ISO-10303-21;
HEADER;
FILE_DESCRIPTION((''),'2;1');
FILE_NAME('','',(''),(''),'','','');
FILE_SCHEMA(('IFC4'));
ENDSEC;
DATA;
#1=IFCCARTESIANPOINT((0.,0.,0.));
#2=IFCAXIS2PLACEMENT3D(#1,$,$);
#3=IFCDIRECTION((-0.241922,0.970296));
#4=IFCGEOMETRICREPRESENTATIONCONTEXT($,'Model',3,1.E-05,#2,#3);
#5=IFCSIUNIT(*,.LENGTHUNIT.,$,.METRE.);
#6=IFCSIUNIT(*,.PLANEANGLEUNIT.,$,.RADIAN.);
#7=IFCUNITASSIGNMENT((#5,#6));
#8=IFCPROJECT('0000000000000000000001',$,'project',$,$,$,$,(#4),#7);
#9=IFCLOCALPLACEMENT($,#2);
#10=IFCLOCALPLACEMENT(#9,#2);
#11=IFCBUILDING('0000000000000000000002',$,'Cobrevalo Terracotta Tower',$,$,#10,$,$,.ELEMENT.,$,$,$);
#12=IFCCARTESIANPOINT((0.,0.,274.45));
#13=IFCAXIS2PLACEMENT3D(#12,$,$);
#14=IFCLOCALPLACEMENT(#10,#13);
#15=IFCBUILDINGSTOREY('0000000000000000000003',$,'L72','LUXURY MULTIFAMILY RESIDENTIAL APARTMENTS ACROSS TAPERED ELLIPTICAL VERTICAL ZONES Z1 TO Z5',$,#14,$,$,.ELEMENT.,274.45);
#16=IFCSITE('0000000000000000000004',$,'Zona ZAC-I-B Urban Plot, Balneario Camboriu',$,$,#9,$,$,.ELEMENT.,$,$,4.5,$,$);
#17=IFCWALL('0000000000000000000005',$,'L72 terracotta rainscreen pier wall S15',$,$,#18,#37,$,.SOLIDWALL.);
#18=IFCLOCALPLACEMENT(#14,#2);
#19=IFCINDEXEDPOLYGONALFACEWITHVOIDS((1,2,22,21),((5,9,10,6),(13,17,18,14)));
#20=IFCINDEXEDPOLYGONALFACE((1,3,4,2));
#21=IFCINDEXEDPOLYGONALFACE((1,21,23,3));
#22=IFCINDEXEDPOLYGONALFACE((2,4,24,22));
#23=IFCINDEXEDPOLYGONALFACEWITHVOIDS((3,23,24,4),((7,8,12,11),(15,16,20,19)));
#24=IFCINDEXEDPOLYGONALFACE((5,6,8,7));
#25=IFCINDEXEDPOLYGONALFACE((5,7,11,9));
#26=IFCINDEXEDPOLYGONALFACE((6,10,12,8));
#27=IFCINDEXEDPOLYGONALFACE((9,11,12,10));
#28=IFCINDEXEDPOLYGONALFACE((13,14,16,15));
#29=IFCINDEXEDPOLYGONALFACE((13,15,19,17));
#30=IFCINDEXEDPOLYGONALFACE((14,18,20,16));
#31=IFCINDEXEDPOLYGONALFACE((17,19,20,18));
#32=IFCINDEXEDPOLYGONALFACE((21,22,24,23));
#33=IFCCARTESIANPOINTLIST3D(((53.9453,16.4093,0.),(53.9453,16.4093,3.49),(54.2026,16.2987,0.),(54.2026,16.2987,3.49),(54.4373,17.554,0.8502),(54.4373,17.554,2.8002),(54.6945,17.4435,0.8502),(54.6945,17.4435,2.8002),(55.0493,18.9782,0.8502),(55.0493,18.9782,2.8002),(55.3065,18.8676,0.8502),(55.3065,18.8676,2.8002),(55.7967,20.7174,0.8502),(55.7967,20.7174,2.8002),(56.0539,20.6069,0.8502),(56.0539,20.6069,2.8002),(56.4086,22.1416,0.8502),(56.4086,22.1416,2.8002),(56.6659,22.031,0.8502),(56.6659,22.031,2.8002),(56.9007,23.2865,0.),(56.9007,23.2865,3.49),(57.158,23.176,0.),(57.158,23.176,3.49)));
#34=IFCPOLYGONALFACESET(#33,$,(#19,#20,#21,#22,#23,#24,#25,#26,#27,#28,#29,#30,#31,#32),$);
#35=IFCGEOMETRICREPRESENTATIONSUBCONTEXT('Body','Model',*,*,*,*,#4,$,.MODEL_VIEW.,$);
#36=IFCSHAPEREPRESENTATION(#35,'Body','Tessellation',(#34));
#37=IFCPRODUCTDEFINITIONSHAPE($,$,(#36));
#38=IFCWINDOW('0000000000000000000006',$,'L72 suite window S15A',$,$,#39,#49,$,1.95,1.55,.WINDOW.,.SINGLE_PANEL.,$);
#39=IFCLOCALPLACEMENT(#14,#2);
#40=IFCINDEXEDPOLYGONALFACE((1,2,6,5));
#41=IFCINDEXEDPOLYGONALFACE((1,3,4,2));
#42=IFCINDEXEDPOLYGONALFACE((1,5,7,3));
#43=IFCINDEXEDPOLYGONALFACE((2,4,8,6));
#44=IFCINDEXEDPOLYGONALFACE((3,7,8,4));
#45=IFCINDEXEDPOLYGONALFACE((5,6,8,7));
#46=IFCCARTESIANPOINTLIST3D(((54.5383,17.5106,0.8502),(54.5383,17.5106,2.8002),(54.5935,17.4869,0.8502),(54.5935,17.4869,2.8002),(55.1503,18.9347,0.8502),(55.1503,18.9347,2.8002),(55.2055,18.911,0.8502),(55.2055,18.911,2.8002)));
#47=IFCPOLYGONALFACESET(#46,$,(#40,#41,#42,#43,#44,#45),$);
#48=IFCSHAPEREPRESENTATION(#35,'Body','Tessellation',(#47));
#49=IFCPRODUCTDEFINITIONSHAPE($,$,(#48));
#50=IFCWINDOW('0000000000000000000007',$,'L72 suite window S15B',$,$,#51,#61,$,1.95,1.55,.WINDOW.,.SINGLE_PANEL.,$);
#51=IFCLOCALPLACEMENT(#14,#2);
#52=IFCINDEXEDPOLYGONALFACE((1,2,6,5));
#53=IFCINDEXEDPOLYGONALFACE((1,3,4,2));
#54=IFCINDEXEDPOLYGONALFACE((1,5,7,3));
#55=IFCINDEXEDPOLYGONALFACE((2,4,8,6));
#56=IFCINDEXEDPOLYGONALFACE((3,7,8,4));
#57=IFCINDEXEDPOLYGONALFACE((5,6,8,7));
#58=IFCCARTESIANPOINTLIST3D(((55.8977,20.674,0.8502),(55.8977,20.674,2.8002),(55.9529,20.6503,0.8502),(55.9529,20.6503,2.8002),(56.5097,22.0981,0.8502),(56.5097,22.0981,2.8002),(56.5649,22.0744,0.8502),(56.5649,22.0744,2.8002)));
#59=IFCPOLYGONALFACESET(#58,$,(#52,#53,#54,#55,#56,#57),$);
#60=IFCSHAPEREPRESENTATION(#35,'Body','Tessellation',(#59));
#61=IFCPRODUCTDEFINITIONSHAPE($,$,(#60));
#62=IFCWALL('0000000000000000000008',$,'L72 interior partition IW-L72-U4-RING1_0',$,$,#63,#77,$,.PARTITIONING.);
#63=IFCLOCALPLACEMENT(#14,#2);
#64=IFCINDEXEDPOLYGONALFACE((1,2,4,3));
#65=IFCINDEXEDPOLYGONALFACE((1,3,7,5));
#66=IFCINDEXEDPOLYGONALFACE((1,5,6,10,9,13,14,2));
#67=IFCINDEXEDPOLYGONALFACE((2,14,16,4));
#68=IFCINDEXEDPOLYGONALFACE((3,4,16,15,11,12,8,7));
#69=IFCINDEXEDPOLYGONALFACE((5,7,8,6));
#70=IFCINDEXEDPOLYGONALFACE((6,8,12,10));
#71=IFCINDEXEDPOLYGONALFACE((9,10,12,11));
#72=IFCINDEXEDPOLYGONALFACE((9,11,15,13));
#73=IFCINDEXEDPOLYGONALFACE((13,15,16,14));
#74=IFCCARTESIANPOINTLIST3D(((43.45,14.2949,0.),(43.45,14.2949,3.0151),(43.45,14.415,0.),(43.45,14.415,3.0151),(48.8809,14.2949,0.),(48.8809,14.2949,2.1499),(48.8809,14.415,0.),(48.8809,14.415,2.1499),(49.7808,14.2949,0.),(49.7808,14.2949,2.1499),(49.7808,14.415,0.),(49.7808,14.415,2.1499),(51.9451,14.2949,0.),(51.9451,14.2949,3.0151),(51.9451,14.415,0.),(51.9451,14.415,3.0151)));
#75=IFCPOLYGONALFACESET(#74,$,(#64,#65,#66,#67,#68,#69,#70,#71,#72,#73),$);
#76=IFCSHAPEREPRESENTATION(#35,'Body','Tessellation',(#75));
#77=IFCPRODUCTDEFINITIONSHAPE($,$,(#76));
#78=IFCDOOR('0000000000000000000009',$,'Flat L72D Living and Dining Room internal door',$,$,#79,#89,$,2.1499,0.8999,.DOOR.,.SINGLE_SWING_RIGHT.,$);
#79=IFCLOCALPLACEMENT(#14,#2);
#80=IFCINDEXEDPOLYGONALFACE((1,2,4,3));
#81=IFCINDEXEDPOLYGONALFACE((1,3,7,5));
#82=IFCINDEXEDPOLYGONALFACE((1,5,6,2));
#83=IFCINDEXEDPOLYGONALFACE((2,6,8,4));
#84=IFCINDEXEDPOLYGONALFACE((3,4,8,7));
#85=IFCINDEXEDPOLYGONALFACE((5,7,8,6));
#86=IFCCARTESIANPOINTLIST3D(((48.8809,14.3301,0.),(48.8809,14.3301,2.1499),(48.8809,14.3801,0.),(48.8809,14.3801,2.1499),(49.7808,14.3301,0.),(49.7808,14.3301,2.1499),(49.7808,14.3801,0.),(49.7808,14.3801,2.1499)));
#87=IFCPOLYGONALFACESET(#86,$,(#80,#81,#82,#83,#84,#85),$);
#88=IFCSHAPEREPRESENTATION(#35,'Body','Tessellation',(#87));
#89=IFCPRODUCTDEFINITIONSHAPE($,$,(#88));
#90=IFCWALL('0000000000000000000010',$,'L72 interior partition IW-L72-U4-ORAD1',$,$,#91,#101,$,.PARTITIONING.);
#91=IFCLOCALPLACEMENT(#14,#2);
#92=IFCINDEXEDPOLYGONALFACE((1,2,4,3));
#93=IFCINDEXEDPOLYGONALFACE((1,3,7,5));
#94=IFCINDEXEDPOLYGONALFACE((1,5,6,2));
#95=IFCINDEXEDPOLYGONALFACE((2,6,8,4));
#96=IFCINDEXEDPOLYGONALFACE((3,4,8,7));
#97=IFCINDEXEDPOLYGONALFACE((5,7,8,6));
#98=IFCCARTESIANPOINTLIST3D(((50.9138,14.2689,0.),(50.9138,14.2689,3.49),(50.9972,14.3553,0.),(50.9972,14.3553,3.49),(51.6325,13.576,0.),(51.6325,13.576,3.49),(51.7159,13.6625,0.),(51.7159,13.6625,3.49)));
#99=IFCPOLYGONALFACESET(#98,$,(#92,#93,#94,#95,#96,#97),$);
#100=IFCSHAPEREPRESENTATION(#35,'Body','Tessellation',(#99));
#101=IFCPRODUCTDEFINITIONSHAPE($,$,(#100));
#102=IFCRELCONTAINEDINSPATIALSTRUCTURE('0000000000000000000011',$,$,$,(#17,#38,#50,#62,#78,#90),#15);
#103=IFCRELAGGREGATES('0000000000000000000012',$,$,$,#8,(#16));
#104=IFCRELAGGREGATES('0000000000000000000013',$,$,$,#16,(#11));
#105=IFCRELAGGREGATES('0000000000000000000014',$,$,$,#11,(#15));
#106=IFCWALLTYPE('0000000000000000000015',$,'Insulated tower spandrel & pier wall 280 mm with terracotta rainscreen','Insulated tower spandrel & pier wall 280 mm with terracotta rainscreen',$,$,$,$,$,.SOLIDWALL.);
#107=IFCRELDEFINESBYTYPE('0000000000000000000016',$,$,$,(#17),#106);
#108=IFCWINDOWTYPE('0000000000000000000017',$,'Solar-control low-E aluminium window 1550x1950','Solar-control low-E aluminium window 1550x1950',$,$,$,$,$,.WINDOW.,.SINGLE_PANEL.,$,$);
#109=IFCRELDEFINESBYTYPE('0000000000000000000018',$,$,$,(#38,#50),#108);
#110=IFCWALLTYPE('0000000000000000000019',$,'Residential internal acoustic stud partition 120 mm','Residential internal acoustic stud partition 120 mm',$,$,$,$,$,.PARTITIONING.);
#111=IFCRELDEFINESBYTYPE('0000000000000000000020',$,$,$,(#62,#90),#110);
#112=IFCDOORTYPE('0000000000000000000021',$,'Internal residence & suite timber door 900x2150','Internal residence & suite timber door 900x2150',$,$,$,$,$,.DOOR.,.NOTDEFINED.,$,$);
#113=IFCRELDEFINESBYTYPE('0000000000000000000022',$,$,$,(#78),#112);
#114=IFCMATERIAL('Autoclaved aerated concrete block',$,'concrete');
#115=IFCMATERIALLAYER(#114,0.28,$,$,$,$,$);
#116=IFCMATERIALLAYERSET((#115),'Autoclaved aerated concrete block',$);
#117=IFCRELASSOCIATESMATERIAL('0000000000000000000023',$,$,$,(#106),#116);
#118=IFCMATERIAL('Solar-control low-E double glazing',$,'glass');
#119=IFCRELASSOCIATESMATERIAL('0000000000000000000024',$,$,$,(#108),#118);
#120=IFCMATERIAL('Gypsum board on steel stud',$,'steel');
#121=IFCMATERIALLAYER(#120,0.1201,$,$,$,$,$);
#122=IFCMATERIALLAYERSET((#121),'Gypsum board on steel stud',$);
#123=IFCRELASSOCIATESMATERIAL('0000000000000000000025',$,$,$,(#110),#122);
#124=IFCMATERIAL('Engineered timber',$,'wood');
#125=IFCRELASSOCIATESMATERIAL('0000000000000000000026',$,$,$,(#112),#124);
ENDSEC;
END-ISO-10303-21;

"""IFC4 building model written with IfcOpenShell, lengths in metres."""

from ifc_helpers import new_model, si_unit, direction, frame, frame_2d, origin, place, context, subcontext, project, spatial, rectangle, extrude, source, transform, mapped, material, layer, layer_set, type_object, element, fill, save


model = new_model("IFC4")

# Units and contexts
model_context = context("Model", 3, precision=1e-05, world=origin(), true_north=direction((-0.241922, 0.970296)))
body_context = subcontext(model_context, "Body", "Model", "MODEL_VIEW")
ifc_project = project(units=[si_unit("LENGTHUNIT", "METRE"), si_unit("PLANEANGLEUNIT", "RADIAN")], contexts=[model_context])

# Site, building, storey
site_placement = place(None, origin())
site = spatial("IfcSite", under=ifc_project, at=site_placement, Name="Zona ZAC-I-B Urban Plot, Balneario Camboriu", CompositionType="ELEMENT", RefElevation=4.5)
building_placement = place(site_placement, origin())
building = spatial("IfcBuilding", under=site, at=building_placement, Name="Cobrevalo Terracotta Tower", CompositionType="ELEMENT")
storey_placement = place(building_placement, frame((0.0, 0.0, 274.45)))
storey = spatial("IfcBuildingStorey", under=building, at=storey_placement, Name="L72", Description="LUXURY MULTIFAMILY RESIDENTIAL APARTMENTS ACROSS TAPERED ELLIPTICAL VERTICAL ZONES Z1 TO Z5", CompositionType="ELEMENT", Elevation=274.45)

# Shared definitions
ifc_material_1 = material(Name="Solar-control low-E double glazing", Category="glass")

# Wall, openings, windows
ifc_material_2 = material(Name="Autoclaved aerated concrete block", Category="concrete")
ifc_layer_1 = layer(ifc_material_2, 0.28)
ifc_layer_set_1 = layer_set([ifc_layer_1], Name="Autoclaved aerated concrete block")
wall_type_1 = type_object("IfcWallType", Name="Insulated tower spandrel & pier wall 280 mm with terracotta rainscreen", Description="Insulated tower spandrel & pier wall 280 mm with terracotta rainscreen", PredefinedType="SOLIDWALL", material=ifc_layer_set_1)
wall_1_placement = place(storey_placement, frame((54.074, 16.354, 0.0), z_axis=(0.0, 0.0, 1.0), x_axis=(0.394817, 0.91876, 0.0)))
wall_1 = element("IfcWall", 1, at=wall_1_placement, inside=storey, type_object=wall_type_1, Name="L72 terracotta rainscreen pier wall S15", PredefinedType="SOLIDWALL", context=body_context, shape_type="SweptSolid", body=[
    extrude(rectangle(XDim=7.4854, YDim=0.28, at=frame_2d((3.7427, 0.0))), origin(), (0.0, 0.0, 1.0), 3.49),
])
opening_1_placement = place(wall_1_placement, frame((1.2461, 0.0, 0.8501)))
opening_1 = element("IfcOpeningElement", 2, at=opening_1_placement, cuts=wall_1, PredefinedType="OPENING", context=body_context, shape_type="SweptSolid", body=[
    extrude(rectangle(XDim=1.55, YDim=1.95, at=frame_2d((0.7749, 0.9751))), frame((0.0, 0.1499, 0.0), z_axis=(0.0, -1.0, 0.0), x_axis=(1.0, 0.0, 0.0)), (0.0, 0.0, 1.0), 0.3),
])
opening_2_placement = place(wall_1_placement, frame((4.6892, 0.0, 0.8501)))
opening_2 = element("IfcOpeningElement", 3, at=opening_2_placement, cuts=wall_1, PredefinedType="OPENING", context=body_context, shape_type="SweptSolid", body=[
    extrude(rectangle(XDim=1.55, YDim=1.95, at=frame_2d((0.7749, 0.9751))), frame((0.0, 0.1499, 0.0), z_axis=(0.0, -1.0, 0.0), x_axis=(1.0, 0.0, 0.0)), (0.0, 0.0, 1.0), 0.3),
])
window_type = type_object("IfcWindowType", Name="Solar-control low-E aluminium window 1550x1950", Description="Solar-control low-E aluminium window 1550x1950", PartitioningType="SINGLE_PANEL", PredefinedType="WINDOW", material=ifc_material_1)
shared_shape_1 = source(origin(), body_context, "Body", "SweptSolid", [
    extrude(rectangle(XDim=1.55, YDim=1.95, at=frame_2d((0.7749, 0.9751))), frame((0.0, 0.03, 0.0), z_axis=(0.0, -1.0, 0.0), x_axis=(1.0, 0.0, 0.0)), (0.0, 0.0, 1.0), 0.0601),
])
window_1_placement = place(opening_1_placement, origin())
window_1 = element("IfcWindow", 4, at=window_1_placement, inside=storey, type_object=window_type, Name="L72 suite window S15A", OverallHeight=1.95, OverallWidth=1.55, PartitioningType="SINGLE_PANEL", PredefinedType="WINDOW", context=body_context, shape_type="MappedRepresentation", body=[
    mapped(shared_shape_1, transform((0.0, 0.0, 0.0), scale=1.0)),
])
fill(opening_1, window_1)
window_2_placement = place(opening_2_placement, origin())
window_2 = element("IfcWindow", 5, at=window_2_placement, inside=storey, type_object=window_type, Name="L72 suite window S15B", OverallHeight=1.95, OverallWidth=1.55, PartitioningType="SINGLE_PANEL", PredefinedType="WINDOW", context=body_context, shape_type="MappedRepresentation", body=[
    mapped(shared_shape_1, transform((0.0, 0.0, 0.0), scale=1.0)),
])
fill(opening_2, window_2)

# Wall, opening, door
ifc_material_3 = material(Name="Gypsum board on steel stud", Category="steel")
ifc_layer_2 = layer(ifc_material_3, 0.1201)
ifc_layer_set_2 = layer_set([ifc_layer_2], Name="Gypsum board on steel stud")
wall_type_2 = type_object("IfcWallType", Name="Residential internal acoustic stud partition 120 mm", Description="Residential internal acoustic stud partition 120 mm", PredefinedType="PARTITIONING", material=ifc_layer_set_2)
wall_2_placement = place(storey_placement, frame((51.9451, 14.355, 0.0), z_axis=(0.0, 0.0, 1.0), x_axis=(-1.0, 0.0, 0.0)))
wall_2 = element("IfcWall", 6, at=wall_2_placement, inside=storey, type_object=wall_type_2, Name="L72 interior partition IW-L72-U4-RING1_0", PredefinedType="PARTITIONING", context=body_context, shape_type="SweptSolid", body=[
    extrude(rectangle(XDim=8.4951, YDim=0.1201, at=frame_2d((4.2476, 0.0))), origin(), (0.0, 0.0, 1.0), 3.0151),
])
opening_3_placement = place(wall_2_placement, frame((2.1643, 0.0, 0.0)))
opening_3 = element("IfcOpeningElement", 7, at=opening_3_placement, cuts=wall_2, PredefinedType="OPENING", context=body_context, shape_type="SweptSolid", body=[
    extrude(rectangle(XDim=0.8999, YDim=2.1499, at=frame_2d((0.45, 1.075))), frame((0.0, 0.0701, 0.0), z_axis=(0.0, -1.0, 0.0), x_axis=(1.0, 0.0, 0.0)), (0.0, 0.0, 1.0), 0.1401),
])
ifc_material_4 = material(Name="Engineered timber", Category="wood")
door_type = type_object("IfcDoorType", Name="Internal residence & suite timber door 900x2150", Description="Internal residence & suite timber door 900x2150", OperationType="NOTDEFINED", PredefinedType="DOOR", material=ifc_material_4)
shared_shape_2 = source(origin(), body_context, "Body", "SweptSolid", [
    extrude(rectangle(XDim=0.8999, YDim=2.1499, at=frame_2d((0.45, 1.075))), frame((0.0, 0.0249, 0.0), z_axis=(0.0, -1.0, 0.0), x_axis=(1.0, 0.0, 0.0)), (0.0, 0.0, 1.0), 0.05),
])
door_placement = place(opening_3_placement, origin())
door = element("IfcDoor", 8, at=door_placement, inside=storey, type_object=door_type, Name="Flat L72D Living and Dining Room internal door", OperationType="SINGLE_SWING_RIGHT", OverallHeight=2.1499, OverallWidth=0.8999, PredefinedType="DOOR", context=body_context, shape_type="MappedRepresentation", body=[
    mapped(shared_shape_2, transform((0.0, 0.0, 0.0), scale=1.0)),
])
fill(opening_3, door)

# Wall
wall_3_placement = place(storey_placement, frame((50.9556, 14.312, 0.0), z_axis=(0.0, 0.0, 1.0), x_axis=(0.719949, -0.694027, 0.0)))
element("IfcWall", 9, at=wall_3_placement, inside=storey, type_object=wall_type_2, Name="L72 interior partition IW-L72-U4-ORAD1", PredefinedType="PARTITIONING", context=body_context, shape_type="SweptSolid", body=[
    extrude(rectangle(XDim=0.9983, YDim=0.1201, at=frame_2d((0.499, 0.0))), origin(), (0.0, 0.0, 1.0), 3.49),
])

save(model, "model.ifc")
